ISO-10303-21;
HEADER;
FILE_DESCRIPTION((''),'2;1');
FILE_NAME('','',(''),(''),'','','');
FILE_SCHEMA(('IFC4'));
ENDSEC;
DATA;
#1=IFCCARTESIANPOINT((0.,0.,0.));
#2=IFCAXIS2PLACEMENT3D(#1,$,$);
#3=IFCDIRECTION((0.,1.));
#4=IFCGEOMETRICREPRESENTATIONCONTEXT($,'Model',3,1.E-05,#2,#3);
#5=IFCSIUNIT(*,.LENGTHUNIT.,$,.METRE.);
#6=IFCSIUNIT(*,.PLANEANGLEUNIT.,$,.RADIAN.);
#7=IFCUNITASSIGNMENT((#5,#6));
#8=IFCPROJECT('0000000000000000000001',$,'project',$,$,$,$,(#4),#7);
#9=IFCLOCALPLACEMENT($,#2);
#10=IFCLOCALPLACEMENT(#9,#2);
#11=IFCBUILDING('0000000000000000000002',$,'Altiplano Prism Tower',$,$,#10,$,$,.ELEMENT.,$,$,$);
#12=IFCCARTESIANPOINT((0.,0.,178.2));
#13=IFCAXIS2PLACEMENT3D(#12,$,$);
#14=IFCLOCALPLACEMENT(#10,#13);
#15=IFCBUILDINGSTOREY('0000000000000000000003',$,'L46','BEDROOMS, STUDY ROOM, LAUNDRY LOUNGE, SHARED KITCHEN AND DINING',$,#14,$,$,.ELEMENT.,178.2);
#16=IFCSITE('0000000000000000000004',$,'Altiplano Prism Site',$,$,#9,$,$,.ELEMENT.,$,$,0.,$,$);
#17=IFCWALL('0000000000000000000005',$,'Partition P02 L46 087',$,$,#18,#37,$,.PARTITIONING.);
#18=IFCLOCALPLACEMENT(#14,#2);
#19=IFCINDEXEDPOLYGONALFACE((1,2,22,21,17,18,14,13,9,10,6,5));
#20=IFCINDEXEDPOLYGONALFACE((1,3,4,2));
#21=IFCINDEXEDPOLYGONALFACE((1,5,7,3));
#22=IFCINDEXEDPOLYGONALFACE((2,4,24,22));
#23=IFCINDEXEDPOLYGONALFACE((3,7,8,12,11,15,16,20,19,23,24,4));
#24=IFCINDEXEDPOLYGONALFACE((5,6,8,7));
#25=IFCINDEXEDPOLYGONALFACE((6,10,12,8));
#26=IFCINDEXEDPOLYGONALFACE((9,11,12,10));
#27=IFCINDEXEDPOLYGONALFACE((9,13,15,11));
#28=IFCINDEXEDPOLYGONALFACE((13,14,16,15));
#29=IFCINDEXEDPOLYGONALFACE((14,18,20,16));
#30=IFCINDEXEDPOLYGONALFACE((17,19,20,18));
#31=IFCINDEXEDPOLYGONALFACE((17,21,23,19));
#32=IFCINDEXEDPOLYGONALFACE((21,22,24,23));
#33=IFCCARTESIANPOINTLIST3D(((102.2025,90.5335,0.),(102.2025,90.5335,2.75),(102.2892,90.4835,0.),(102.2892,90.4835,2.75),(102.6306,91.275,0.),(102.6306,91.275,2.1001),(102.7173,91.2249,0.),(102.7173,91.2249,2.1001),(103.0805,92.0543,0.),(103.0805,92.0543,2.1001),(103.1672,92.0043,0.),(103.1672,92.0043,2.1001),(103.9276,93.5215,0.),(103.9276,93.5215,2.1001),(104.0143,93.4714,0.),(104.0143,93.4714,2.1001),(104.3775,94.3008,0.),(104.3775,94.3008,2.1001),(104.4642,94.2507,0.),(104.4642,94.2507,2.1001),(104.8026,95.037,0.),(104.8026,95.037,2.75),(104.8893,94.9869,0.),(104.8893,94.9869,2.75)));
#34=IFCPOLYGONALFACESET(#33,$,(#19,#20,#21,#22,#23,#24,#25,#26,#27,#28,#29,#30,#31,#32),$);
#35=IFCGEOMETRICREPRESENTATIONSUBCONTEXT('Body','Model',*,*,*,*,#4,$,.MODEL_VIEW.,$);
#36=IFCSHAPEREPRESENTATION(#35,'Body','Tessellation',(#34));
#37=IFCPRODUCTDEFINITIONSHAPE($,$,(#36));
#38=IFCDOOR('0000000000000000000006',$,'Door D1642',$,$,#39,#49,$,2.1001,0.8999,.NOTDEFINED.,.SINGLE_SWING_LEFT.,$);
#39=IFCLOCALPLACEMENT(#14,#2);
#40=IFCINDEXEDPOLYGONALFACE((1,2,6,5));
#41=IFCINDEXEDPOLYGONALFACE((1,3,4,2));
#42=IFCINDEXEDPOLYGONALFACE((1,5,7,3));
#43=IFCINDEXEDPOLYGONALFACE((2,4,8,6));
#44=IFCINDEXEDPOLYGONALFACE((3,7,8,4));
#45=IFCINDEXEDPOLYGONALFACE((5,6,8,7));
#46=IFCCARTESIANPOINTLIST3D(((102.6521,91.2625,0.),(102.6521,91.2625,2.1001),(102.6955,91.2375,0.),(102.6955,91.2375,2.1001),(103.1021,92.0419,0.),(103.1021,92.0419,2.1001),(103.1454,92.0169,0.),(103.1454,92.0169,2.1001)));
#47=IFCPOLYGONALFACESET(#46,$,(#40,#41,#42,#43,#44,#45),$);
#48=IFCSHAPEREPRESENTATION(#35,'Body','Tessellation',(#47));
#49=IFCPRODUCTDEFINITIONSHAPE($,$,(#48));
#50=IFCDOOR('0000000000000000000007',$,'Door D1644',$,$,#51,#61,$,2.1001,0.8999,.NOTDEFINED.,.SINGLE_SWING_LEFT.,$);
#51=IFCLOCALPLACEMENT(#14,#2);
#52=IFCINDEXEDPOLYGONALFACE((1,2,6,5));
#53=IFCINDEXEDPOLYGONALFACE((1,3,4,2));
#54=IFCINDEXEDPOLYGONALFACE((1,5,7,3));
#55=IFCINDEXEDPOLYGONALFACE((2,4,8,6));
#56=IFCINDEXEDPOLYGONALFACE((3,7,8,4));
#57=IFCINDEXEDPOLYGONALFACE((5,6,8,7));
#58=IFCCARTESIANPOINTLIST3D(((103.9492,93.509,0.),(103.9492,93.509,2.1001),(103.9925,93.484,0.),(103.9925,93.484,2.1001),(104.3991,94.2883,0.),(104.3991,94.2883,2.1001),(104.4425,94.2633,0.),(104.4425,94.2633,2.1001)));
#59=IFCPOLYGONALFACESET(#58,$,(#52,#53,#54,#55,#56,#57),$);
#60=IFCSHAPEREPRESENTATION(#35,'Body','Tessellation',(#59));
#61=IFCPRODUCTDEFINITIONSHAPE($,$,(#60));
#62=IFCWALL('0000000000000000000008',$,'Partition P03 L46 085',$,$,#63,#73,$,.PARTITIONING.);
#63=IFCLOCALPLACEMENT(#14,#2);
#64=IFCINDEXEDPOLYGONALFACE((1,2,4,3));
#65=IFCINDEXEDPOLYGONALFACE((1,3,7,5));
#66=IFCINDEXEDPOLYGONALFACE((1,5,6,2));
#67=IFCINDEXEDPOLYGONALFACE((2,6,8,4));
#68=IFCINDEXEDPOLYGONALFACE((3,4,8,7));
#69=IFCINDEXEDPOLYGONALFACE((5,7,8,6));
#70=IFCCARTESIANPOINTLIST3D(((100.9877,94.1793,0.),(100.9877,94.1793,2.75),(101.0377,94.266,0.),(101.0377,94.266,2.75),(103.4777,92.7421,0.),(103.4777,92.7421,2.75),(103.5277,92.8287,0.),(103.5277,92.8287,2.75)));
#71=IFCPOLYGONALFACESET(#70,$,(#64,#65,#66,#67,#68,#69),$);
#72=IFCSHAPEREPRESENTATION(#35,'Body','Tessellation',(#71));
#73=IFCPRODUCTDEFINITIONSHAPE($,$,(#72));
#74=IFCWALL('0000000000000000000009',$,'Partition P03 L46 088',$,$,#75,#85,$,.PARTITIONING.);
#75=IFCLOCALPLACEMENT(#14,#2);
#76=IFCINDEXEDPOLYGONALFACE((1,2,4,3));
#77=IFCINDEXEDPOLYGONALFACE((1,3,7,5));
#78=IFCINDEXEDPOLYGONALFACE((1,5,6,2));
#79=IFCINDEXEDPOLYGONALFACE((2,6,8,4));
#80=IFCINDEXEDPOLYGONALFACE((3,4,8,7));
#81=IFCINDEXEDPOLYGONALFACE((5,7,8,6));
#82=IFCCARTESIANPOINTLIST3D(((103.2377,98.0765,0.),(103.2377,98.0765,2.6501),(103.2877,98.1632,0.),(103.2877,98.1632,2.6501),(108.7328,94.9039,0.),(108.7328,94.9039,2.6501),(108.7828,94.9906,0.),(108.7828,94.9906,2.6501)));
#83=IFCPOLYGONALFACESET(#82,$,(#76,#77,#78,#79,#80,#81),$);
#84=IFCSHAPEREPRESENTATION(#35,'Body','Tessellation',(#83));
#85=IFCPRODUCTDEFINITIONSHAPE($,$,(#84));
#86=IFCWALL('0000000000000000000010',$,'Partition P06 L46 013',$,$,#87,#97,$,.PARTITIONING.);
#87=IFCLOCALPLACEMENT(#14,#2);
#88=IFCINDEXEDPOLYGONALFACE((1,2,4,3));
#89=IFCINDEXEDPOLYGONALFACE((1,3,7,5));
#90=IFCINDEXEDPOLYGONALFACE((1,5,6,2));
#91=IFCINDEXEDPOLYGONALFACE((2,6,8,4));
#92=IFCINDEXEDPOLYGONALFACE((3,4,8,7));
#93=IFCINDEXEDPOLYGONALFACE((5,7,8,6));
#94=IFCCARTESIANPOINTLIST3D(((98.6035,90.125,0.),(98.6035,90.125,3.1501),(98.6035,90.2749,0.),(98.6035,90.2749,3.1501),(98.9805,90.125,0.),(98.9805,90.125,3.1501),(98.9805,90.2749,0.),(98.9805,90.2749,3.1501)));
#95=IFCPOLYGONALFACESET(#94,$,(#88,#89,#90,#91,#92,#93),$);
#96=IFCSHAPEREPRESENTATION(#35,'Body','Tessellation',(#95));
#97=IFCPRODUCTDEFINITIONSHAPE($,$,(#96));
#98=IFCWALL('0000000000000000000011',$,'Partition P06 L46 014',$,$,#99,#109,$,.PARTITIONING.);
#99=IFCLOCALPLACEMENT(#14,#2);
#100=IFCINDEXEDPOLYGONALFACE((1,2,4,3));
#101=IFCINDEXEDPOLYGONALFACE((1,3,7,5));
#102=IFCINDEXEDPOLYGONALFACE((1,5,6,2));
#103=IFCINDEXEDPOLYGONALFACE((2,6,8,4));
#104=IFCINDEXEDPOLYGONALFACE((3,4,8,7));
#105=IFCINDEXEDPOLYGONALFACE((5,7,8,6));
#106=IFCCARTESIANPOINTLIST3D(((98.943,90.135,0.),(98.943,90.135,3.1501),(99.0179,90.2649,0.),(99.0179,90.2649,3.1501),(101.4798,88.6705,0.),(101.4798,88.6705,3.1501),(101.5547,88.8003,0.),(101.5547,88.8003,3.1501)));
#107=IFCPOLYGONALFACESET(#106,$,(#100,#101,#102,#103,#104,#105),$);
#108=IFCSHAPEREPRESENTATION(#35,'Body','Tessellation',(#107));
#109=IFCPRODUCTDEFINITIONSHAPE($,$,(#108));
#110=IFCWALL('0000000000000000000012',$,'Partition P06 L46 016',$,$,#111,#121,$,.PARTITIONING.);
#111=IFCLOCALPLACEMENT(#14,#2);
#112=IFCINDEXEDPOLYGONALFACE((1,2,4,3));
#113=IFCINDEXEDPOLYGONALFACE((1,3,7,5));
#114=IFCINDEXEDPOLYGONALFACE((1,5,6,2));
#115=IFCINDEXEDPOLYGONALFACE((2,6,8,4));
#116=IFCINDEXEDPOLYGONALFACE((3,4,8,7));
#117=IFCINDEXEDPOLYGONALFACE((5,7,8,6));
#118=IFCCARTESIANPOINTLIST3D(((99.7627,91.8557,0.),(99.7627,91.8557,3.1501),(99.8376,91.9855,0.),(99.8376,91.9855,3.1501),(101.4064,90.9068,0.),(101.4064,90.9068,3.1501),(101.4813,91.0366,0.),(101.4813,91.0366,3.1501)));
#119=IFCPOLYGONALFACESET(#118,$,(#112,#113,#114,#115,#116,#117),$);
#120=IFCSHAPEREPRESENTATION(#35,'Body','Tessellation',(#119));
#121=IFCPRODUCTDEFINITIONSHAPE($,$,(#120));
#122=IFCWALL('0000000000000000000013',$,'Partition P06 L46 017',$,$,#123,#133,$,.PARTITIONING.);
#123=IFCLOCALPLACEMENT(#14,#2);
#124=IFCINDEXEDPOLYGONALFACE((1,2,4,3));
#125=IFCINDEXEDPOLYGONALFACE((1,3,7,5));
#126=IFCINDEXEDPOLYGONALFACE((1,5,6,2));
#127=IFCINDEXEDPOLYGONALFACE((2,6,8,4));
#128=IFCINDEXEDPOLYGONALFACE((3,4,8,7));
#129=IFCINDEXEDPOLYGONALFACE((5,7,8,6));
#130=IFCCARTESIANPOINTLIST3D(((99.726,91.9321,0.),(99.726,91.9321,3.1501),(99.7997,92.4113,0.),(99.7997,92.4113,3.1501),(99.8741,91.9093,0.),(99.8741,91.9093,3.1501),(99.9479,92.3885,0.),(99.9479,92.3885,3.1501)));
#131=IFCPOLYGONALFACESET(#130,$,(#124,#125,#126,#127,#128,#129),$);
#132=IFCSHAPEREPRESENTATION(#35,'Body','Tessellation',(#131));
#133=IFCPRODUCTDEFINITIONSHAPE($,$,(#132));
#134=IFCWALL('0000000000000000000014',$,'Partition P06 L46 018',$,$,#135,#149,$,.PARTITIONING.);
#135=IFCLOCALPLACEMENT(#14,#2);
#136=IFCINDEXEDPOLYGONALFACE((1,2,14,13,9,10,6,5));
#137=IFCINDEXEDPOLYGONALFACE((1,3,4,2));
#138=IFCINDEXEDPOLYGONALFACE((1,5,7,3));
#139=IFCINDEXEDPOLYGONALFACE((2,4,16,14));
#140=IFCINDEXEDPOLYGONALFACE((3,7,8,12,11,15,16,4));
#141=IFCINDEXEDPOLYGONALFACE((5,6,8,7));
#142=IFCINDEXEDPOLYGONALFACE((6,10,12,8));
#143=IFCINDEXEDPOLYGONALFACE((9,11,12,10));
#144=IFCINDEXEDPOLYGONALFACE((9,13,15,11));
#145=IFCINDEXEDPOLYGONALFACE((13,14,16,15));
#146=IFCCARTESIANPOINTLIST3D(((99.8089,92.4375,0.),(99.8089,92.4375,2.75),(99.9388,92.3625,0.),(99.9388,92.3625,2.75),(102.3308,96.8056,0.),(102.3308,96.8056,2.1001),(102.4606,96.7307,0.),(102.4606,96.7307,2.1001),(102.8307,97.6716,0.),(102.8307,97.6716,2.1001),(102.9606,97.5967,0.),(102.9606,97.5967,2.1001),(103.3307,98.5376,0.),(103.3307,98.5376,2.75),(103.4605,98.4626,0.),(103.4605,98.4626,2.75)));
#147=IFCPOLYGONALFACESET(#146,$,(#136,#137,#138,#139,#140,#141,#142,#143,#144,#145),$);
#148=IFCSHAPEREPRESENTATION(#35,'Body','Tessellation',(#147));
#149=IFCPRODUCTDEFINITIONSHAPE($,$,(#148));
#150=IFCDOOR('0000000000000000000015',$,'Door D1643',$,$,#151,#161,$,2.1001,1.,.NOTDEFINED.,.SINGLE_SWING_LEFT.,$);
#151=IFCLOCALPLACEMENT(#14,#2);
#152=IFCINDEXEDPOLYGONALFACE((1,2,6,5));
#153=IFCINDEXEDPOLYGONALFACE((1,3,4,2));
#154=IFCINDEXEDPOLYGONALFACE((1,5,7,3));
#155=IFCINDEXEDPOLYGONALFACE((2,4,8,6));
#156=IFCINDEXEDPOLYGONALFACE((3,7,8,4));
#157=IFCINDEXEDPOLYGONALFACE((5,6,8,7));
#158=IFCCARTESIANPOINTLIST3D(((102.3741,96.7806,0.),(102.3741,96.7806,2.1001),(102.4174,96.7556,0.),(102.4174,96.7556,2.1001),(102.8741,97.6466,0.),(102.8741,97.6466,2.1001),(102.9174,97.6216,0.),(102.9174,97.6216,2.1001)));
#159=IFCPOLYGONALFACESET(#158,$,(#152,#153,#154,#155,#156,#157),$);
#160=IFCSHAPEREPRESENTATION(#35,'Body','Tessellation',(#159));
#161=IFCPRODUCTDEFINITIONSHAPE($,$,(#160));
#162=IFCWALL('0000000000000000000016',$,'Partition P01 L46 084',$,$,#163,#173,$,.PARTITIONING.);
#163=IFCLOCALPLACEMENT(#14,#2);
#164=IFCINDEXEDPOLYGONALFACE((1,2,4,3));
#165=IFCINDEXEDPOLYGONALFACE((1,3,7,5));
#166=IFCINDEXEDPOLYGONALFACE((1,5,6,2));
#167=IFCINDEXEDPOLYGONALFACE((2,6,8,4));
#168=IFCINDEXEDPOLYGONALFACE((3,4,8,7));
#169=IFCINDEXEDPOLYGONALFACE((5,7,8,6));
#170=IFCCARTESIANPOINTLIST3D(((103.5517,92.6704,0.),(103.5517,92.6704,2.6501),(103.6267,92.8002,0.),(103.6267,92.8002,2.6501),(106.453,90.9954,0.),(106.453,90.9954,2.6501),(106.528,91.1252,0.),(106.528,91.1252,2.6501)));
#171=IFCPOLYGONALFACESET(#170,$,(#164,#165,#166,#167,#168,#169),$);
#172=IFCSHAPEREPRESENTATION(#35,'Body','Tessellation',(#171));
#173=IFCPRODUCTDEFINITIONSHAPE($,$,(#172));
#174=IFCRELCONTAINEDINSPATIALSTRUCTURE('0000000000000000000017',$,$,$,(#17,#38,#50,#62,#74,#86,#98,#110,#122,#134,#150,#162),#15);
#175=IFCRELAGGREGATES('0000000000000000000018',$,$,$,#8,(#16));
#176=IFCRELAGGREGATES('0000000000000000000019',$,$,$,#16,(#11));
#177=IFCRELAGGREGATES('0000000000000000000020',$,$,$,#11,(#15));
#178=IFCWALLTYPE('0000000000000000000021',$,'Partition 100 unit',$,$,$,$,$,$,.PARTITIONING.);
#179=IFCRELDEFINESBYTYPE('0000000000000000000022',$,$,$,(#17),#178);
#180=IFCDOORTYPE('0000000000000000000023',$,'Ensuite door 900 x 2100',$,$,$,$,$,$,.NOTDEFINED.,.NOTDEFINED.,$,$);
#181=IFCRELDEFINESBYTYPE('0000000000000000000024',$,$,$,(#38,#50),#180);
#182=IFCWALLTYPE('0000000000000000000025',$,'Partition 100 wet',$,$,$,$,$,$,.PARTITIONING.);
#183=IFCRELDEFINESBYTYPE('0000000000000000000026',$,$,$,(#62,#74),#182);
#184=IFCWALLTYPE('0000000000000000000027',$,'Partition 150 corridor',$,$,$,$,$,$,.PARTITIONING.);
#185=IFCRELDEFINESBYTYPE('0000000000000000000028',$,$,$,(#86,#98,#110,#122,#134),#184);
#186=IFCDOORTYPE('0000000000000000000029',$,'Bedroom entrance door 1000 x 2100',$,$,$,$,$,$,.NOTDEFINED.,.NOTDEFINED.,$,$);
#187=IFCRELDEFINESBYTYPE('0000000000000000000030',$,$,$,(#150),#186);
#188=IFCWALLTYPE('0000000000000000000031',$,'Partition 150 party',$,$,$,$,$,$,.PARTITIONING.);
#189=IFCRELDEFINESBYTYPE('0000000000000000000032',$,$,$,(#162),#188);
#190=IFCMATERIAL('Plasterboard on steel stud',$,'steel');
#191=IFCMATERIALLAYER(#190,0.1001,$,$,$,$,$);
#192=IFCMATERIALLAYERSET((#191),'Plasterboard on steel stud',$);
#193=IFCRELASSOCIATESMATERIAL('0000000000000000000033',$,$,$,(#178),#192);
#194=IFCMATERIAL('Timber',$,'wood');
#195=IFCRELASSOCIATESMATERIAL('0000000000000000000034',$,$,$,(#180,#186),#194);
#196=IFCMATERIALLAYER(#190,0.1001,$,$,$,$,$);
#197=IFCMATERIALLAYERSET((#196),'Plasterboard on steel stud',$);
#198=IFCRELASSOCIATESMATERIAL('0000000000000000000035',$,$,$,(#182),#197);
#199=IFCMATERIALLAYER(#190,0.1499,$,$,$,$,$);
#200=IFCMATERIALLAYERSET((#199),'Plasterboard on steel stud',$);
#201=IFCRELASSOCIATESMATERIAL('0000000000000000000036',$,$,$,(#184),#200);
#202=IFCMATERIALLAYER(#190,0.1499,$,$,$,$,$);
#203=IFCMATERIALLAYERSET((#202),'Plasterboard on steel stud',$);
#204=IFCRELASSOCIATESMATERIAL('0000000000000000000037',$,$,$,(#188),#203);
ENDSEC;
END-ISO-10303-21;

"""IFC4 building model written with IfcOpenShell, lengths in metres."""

from ifc_helpers import new_model, si_unit, direction, frame, frame_2d, origin, place, context, subcontext, project, spatial, rectangle, extrude, material, layer, layer_set, type_object, element, fill, save


model = new_model("IFC4")

# Units and contexts
model_context = context("Model", 3, precision=1e-05, world=origin(), true_north=direction((0.0, 1.0)))
body_context = subcontext(model_context, "Body", "Model", "MODEL_VIEW")
ifc_project = project(units=[si_unit("LENGTHUNIT", "METRE"), si_unit("PLANEANGLEUNIT", "RADIAN")], contexts=[model_context])

# Site, building, storey
site_placement = place(None, origin())
site = spatial("IfcSite", under=ifc_project, at=site_placement, Name="Altiplano Prism Site", CompositionType="ELEMENT", RefElevation=0.0)
building_placement = place(site_placement, origin())
building = spatial("IfcBuilding", under=site, at=building_placement, Name="Altiplano Prism Tower", CompositionType="ELEMENT")
storey_placement = place(building_placement, frame((0.0, 0.0, 178.2)))
storey = spatial("IfcBuildingStorey", under=building, at=storey_placement, Name="L46", Description="BEDROOMS, STUDY ROOM, LAUNDRY LOUNGE, SHARED KITCHEN AND DINING", CompositionType="ELEMENT", Elevation=178.2)

# Shared definitions
ifc_material_1 = material(Name="Plasterboard on steel stud", Category="steel")
ifc_layer_1 = layer(ifc_material_1, 0.1001)
ifc_layer_set_1 = layer_set([ifc_layer_1], Name="Plasterboard on steel stud")
wall_type_1 = type_object("IfcWallType", Name="Partition 100 unit", PredefinedType="PARTITIONING", material=ifc_layer_set_1)

# Wall, openings, doors
wall_1_placement = place(storey_placement, frame((104.8459, 95.012, 0.0), z_axis=(0.0, 0.0, 1.0), x_axis=(-0.500007, -0.866021, 0.0)))
wall_1 = element("IfcWall", 1, at=wall_1_placement, inside=storey, type_object=wall_type_1, Name="Partition P02 L46 087", PredefinedType="PARTITIONING", context=body_context, shape_type="SweptSolid", body=[
    extrude(rectangle(XDim=5.2002, YDim=0.1001, at=frame_2d((2.6001, 0.0))), origin(), (0.0, 0.0, 1.0), 2.75),
])
opening_1_placement = place(wall_1_placement, frame((3.4441, 0.0, 0.0)))
opening_1 = element("IfcOpeningElement", 2, at=opening_1_placement, cuts=wall_1, PredefinedType="OPENING", context=body_context, shape_type="SweptSolid", body=[
    extrude(rectangle(XDim=0.8999, YDim=2.1001, at=frame_2d((0.45, 1.05))), frame((0.0, 0.0605, 0.0), z_axis=(0.0, -1.0, 0.0), x_axis=(1.0, 0.0, 0.0)), (0.0, 0.0, 1.0), 0.1211),
])
opening_2_placement = place(wall_1_placement, frame((0.8501, 0.0, 0.0)))
opening_2 = element("IfcOpeningElement", 3, at=opening_2_placement, cuts=wall_1, PredefinedType="OPENING", context=body_context, shape_type="SweptSolid", body=[
    extrude(rectangle(XDim=0.8999, YDim=2.1001, at=frame_2d((0.45, 1.05))), frame((0.0, 0.0605, 0.0), z_axis=(0.0, -1.0, 0.0), x_axis=(1.0, 0.0, 0.0)), (0.0, 0.0, 1.0), 0.1211),
])
ifc_material_2 = material(Name="Timber", Category="wood")
door_type_1 = type_object("IfcDoorType", Name="Ensuite door 900 x 2100", OperationType="NOTDEFINED", PredefinedType="NOTDEFINED", material=ifc_material_2)
door_1_placement = place(opening_1_placement, origin())
door_1 = element("IfcDoor", 4, at=door_1_placement, inside=storey, type_object=door_type_1, Name="Door D1642", OperationType="SINGLE_SWING_LEFT", OverallHeight=2.1001, OverallWidth=0.8999, PredefinedType="NOTDEFINED", context=body_context, shape_type="SweptSolid", body=[
    extrude(rectangle(XDim=0.8999, YDim=2.1001, at=frame_2d((0.45, 1.05))), frame((0.0, 0.0249, 0.0), z_axis=(0.0, -1.0, 0.0), x_axis=(1.0, 0.0, 0.0)), (0.0, 0.0, 1.0), 0.05),
])
fill(opening_1, door_1)
door_2_placement = place(opening_2_placement, origin())
door_2 = element("IfcDoor", 5, at=door_2_placement, inside=storey, type_object=door_type_1, Name="Door D1644", OperationType="SINGLE_SWING_LEFT", OverallHeight=2.1001, OverallWidth=0.8999, PredefinedType="NOTDEFINED", context=body_context, shape_type="SweptSolid", body=[
    extrude(rectangle(XDim=0.8999, YDim=2.1001, at=frame_2d((0.45, 1.05))), frame((0.0, 0.0249, 0.0), z_axis=(0.0, -1.0, 0.0), x_axis=(1.0, 0.0, 0.0)), (0.0, 0.0, 1.0), 0.05),
])
fill(opening_2, door_2)

# Walls
ifc_layer_2 = layer(ifc_material_1, 0.1001)
ifc_layer_set_2 = layer_set([ifc_layer_2], Name="Plasterboard on steel stud")
wall_type_2 = type_object("IfcWallType", Name="Partition 100 wet", PredefinedType="PARTITIONING", material=ifc_layer_set_2)
wall_2_placement = place(storey_placement, frame((103.5027, 92.7854, 0.0), z_axis=(0.0, 0.0, 1.0), x_axis=(-0.866077, 0.499911, 0.0)))
element("IfcWall", 6, at=wall_2_placement, inside=storey, type_object=wall_type_2, Name="Partition P03 L46 085", PredefinedType="PARTITIONING", context=body_context, shape_type="SweptSolid", body=[
    extrude(rectangle(XDim=2.875, YDim=0.1001, at=frame_2d((1.4375, 0.0))), origin(), (0.0, 0.0, 1.0), 2.75),
])
wall_3_placement = place(storey_placement, frame((108.7578, 94.9473, 0.0), z_axis=(0.0, 0.0, 1.0), x_axis=(-0.866025, 0.5, 0.0)))
element("IfcWall", 7, at=wall_3_placement, inside=storey, type_object=wall_type_2, Name="Partition P03 L46 088", PredefinedType="PARTITIONING", context=body_context, shape_type="SweptSolid", body=[
    extrude(rectangle(XDim=6.3452, YDim=0.1001, at=frame_2d((3.1726, 0.0))), origin(), (0.0, 0.0, 1.0), 2.6501),
])
ifc_layer_3 = layer(ifc_material_1, 0.1499)
ifc_layer_set_3 = layer_set([ifc_layer_3], Name="Plasterboard on steel stud")
wall_type_3 = type_object("IfcWallType", Name="Partition 150 corridor", PredefinedType="PARTITIONING", material=ifc_layer_set_3)
wall_4_placement = place(storey_placement, frame((98.6035, 90.2, 0.0), z_axis=(0.0, 0.0, 1.0), x_axis=(1.0, 0.0, 0.0)))
element("IfcWall", 8, at=wall_4_placement, inside=storey, type_object=wall_type_3, Name="Partition P06 L46 013", PredefinedType="PARTITIONING", context=body_context, shape_type="SweptSolid", body=[
    extrude(rectangle(XDim=0.377, YDim=0.1499, at=frame_2d((0.1885, 0.0))), origin(), (0.0, 0.0, 1.0), 3.1501),
])
wall_5_placement = place(storey_placement, frame((98.9805, 90.2, 0.0), z_axis=(0.0, 0.0, 1.0), x_axis=(0.866034, -0.499985, 0.0)))
element("IfcWall", 9, at=wall_5_placement, inside=storey, type_object=wall_type_3, Name="Partition P06 L46 014", PredefinedType="PARTITIONING", context=body_context, shape_type="SweptSolid", body=[
    extrude(rectangle(XDim=2.9292, YDim=0.1499, at=frame_2d((1.4646, 0.0))), origin(), (0.0, 0.0, 1.0), 3.1501),
])
wall_6_placement = place(storey_placement, frame((101.4438, 90.9717, 0.0), z_axis=(0.0, 0.0, 1.0), x_axis=(-0.866042, 0.499971, 0.0)))
element("IfcWall", 10, at=wall_6_placement, inside=storey, type_object=wall_type_3, Name="Partition P06 L46 016", PredefinedType="PARTITIONING", context=body_context, shape_type="SweptSolid", body=[
    extrude(rectangle(XDim=1.8979, YDim=0.1499, at=frame_2d((0.949, 0.0))), origin(), (0.0, 0.0, 1.0), 3.1501),
])
wall_7_placement = place(storey_placement, frame((99.8, 91.9207, 0.0), z_axis=(0.0, 0.0, 1.0), x_axis=(0.152057, 0.988372, 0.0)))
element("IfcWall", 11, at=wall_7_placement, inside=storey, type_object=wall_type_3, Name="Partition P06 L46 017", PredefinedType="PARTITIONING", context=body_context, shape_type="SweptSolid", body=[
    extrude(rectangle(XDim=0.4849, YDim=0.1499, at=frame_2d((0.2424, 0.0))), origin(), (0.0, 0.0, 1.0), 3.1501),
])

# Wall, opening, door
wall_8_placement = place(storey_placement, frame((99.8738, 92.3999, 0.0), z_axis=(0.0, 0.0, 1.0), x_axis=(0.499982, 0.866036, 0.0)))
wall_8 = element("IfcWall", 12, at=wall_8_placement, inside=storey, type_object=wall_type_3, Name="Partition P06 L46 018", PredefinedType="PARTITIONING", context=body_context, shape_type="SweptSolid", body=[
    extrude(rectangle(XDim=7.0437, YDim=0.1499, at=frame_2d((3.522, 0.0))), origin(), (0.0, 0.0, 1.0), 2.75),
])
opening_3_placement = place(wall_8_placement, frame((5.0439, 0.0, 0.0)))
opening_3 = element("IfcOpeningElement", 13, at=opening_3_placement, cuts=wall_8, PredefinedType="OPENING", context=body_context, shape_type="SweptSolid", body=[
    extrude(rectangle(XDim=1.0, YDim=2.1001, at=frame_2d((0.5, 1.05))), frame((0.0, 0.0854, 0.0), z_axis=(0.0, -1.0, 0.0), x_axis=(1.0, 0.0, 0.0)), (0.0, 0.0, 1.0), 0.1709),
])
door_type_2 = type_object("IfcDoorType", Name="Bedroom entrance door 1000 x 2100", OperationType="NOTDEFINED", PredefinedType="NOTDEFINED", material=ifc_material_2)
door_3_placement = place(opening_3_placement, origin())
door_3 = element("IfcDoor", 14, at=door_3_placement, inside=storey, type_object=door_type_2, Name="Door D1643", OperationType="SINGLE_SWING_LEFT", OverallHeight=2.1001, OverallWidth=1.0, PredefinedType="NOTDEFINED", context=body_context, shape_type="SweptSolid", body=[
    extrude(rectangle(XDim=1.0, YDim=2.1001, at=frame_2d((0.5, 1.05))), frame((0.0, 0.0249, 0.0), z_axis=(0.0, -1.0, 0.0), x_axis=(1.0, 0.0, 0.0)), (0.0, 0.0, 1.0), 0.05),
])
fill(opening_3, door_3)

# Wall
ifc_layer_4 = layer(ifc_material_1, 0.1499)
ifc_layer_set_4 = layer_set([ifc_layer_4], Name="Plasterboard on steel stud")
wall_type_4 = type_object("IfcWallType", Name="Partition 150 party", PredefinedType="PARTITIONING", material=ifc_layer_set_4)
wall_9_placement = place(storey_placement, frame((106.4905, 91.0603, 0.0), z_axis=(0.0, 0.0, 1.0), x_axis=(-0.866033, 0.499987, 0.0)))
element("IfcWall", 15, at=wall_9_placement, inside=storey, type_object=wall_type_4, Name="Partition P01 L46 084", PredefinedType="PARTITIONING", context=body_context, shape_type="SweptSolid", body=[
    extrude(rectangle(XDim=3.3501, YDim=0.1499, at=frame_2d((1.675, 0.0))), origin(), (0.0, 0.0, 1.0), 2.6501),
])

save(model, "model.ifc")
